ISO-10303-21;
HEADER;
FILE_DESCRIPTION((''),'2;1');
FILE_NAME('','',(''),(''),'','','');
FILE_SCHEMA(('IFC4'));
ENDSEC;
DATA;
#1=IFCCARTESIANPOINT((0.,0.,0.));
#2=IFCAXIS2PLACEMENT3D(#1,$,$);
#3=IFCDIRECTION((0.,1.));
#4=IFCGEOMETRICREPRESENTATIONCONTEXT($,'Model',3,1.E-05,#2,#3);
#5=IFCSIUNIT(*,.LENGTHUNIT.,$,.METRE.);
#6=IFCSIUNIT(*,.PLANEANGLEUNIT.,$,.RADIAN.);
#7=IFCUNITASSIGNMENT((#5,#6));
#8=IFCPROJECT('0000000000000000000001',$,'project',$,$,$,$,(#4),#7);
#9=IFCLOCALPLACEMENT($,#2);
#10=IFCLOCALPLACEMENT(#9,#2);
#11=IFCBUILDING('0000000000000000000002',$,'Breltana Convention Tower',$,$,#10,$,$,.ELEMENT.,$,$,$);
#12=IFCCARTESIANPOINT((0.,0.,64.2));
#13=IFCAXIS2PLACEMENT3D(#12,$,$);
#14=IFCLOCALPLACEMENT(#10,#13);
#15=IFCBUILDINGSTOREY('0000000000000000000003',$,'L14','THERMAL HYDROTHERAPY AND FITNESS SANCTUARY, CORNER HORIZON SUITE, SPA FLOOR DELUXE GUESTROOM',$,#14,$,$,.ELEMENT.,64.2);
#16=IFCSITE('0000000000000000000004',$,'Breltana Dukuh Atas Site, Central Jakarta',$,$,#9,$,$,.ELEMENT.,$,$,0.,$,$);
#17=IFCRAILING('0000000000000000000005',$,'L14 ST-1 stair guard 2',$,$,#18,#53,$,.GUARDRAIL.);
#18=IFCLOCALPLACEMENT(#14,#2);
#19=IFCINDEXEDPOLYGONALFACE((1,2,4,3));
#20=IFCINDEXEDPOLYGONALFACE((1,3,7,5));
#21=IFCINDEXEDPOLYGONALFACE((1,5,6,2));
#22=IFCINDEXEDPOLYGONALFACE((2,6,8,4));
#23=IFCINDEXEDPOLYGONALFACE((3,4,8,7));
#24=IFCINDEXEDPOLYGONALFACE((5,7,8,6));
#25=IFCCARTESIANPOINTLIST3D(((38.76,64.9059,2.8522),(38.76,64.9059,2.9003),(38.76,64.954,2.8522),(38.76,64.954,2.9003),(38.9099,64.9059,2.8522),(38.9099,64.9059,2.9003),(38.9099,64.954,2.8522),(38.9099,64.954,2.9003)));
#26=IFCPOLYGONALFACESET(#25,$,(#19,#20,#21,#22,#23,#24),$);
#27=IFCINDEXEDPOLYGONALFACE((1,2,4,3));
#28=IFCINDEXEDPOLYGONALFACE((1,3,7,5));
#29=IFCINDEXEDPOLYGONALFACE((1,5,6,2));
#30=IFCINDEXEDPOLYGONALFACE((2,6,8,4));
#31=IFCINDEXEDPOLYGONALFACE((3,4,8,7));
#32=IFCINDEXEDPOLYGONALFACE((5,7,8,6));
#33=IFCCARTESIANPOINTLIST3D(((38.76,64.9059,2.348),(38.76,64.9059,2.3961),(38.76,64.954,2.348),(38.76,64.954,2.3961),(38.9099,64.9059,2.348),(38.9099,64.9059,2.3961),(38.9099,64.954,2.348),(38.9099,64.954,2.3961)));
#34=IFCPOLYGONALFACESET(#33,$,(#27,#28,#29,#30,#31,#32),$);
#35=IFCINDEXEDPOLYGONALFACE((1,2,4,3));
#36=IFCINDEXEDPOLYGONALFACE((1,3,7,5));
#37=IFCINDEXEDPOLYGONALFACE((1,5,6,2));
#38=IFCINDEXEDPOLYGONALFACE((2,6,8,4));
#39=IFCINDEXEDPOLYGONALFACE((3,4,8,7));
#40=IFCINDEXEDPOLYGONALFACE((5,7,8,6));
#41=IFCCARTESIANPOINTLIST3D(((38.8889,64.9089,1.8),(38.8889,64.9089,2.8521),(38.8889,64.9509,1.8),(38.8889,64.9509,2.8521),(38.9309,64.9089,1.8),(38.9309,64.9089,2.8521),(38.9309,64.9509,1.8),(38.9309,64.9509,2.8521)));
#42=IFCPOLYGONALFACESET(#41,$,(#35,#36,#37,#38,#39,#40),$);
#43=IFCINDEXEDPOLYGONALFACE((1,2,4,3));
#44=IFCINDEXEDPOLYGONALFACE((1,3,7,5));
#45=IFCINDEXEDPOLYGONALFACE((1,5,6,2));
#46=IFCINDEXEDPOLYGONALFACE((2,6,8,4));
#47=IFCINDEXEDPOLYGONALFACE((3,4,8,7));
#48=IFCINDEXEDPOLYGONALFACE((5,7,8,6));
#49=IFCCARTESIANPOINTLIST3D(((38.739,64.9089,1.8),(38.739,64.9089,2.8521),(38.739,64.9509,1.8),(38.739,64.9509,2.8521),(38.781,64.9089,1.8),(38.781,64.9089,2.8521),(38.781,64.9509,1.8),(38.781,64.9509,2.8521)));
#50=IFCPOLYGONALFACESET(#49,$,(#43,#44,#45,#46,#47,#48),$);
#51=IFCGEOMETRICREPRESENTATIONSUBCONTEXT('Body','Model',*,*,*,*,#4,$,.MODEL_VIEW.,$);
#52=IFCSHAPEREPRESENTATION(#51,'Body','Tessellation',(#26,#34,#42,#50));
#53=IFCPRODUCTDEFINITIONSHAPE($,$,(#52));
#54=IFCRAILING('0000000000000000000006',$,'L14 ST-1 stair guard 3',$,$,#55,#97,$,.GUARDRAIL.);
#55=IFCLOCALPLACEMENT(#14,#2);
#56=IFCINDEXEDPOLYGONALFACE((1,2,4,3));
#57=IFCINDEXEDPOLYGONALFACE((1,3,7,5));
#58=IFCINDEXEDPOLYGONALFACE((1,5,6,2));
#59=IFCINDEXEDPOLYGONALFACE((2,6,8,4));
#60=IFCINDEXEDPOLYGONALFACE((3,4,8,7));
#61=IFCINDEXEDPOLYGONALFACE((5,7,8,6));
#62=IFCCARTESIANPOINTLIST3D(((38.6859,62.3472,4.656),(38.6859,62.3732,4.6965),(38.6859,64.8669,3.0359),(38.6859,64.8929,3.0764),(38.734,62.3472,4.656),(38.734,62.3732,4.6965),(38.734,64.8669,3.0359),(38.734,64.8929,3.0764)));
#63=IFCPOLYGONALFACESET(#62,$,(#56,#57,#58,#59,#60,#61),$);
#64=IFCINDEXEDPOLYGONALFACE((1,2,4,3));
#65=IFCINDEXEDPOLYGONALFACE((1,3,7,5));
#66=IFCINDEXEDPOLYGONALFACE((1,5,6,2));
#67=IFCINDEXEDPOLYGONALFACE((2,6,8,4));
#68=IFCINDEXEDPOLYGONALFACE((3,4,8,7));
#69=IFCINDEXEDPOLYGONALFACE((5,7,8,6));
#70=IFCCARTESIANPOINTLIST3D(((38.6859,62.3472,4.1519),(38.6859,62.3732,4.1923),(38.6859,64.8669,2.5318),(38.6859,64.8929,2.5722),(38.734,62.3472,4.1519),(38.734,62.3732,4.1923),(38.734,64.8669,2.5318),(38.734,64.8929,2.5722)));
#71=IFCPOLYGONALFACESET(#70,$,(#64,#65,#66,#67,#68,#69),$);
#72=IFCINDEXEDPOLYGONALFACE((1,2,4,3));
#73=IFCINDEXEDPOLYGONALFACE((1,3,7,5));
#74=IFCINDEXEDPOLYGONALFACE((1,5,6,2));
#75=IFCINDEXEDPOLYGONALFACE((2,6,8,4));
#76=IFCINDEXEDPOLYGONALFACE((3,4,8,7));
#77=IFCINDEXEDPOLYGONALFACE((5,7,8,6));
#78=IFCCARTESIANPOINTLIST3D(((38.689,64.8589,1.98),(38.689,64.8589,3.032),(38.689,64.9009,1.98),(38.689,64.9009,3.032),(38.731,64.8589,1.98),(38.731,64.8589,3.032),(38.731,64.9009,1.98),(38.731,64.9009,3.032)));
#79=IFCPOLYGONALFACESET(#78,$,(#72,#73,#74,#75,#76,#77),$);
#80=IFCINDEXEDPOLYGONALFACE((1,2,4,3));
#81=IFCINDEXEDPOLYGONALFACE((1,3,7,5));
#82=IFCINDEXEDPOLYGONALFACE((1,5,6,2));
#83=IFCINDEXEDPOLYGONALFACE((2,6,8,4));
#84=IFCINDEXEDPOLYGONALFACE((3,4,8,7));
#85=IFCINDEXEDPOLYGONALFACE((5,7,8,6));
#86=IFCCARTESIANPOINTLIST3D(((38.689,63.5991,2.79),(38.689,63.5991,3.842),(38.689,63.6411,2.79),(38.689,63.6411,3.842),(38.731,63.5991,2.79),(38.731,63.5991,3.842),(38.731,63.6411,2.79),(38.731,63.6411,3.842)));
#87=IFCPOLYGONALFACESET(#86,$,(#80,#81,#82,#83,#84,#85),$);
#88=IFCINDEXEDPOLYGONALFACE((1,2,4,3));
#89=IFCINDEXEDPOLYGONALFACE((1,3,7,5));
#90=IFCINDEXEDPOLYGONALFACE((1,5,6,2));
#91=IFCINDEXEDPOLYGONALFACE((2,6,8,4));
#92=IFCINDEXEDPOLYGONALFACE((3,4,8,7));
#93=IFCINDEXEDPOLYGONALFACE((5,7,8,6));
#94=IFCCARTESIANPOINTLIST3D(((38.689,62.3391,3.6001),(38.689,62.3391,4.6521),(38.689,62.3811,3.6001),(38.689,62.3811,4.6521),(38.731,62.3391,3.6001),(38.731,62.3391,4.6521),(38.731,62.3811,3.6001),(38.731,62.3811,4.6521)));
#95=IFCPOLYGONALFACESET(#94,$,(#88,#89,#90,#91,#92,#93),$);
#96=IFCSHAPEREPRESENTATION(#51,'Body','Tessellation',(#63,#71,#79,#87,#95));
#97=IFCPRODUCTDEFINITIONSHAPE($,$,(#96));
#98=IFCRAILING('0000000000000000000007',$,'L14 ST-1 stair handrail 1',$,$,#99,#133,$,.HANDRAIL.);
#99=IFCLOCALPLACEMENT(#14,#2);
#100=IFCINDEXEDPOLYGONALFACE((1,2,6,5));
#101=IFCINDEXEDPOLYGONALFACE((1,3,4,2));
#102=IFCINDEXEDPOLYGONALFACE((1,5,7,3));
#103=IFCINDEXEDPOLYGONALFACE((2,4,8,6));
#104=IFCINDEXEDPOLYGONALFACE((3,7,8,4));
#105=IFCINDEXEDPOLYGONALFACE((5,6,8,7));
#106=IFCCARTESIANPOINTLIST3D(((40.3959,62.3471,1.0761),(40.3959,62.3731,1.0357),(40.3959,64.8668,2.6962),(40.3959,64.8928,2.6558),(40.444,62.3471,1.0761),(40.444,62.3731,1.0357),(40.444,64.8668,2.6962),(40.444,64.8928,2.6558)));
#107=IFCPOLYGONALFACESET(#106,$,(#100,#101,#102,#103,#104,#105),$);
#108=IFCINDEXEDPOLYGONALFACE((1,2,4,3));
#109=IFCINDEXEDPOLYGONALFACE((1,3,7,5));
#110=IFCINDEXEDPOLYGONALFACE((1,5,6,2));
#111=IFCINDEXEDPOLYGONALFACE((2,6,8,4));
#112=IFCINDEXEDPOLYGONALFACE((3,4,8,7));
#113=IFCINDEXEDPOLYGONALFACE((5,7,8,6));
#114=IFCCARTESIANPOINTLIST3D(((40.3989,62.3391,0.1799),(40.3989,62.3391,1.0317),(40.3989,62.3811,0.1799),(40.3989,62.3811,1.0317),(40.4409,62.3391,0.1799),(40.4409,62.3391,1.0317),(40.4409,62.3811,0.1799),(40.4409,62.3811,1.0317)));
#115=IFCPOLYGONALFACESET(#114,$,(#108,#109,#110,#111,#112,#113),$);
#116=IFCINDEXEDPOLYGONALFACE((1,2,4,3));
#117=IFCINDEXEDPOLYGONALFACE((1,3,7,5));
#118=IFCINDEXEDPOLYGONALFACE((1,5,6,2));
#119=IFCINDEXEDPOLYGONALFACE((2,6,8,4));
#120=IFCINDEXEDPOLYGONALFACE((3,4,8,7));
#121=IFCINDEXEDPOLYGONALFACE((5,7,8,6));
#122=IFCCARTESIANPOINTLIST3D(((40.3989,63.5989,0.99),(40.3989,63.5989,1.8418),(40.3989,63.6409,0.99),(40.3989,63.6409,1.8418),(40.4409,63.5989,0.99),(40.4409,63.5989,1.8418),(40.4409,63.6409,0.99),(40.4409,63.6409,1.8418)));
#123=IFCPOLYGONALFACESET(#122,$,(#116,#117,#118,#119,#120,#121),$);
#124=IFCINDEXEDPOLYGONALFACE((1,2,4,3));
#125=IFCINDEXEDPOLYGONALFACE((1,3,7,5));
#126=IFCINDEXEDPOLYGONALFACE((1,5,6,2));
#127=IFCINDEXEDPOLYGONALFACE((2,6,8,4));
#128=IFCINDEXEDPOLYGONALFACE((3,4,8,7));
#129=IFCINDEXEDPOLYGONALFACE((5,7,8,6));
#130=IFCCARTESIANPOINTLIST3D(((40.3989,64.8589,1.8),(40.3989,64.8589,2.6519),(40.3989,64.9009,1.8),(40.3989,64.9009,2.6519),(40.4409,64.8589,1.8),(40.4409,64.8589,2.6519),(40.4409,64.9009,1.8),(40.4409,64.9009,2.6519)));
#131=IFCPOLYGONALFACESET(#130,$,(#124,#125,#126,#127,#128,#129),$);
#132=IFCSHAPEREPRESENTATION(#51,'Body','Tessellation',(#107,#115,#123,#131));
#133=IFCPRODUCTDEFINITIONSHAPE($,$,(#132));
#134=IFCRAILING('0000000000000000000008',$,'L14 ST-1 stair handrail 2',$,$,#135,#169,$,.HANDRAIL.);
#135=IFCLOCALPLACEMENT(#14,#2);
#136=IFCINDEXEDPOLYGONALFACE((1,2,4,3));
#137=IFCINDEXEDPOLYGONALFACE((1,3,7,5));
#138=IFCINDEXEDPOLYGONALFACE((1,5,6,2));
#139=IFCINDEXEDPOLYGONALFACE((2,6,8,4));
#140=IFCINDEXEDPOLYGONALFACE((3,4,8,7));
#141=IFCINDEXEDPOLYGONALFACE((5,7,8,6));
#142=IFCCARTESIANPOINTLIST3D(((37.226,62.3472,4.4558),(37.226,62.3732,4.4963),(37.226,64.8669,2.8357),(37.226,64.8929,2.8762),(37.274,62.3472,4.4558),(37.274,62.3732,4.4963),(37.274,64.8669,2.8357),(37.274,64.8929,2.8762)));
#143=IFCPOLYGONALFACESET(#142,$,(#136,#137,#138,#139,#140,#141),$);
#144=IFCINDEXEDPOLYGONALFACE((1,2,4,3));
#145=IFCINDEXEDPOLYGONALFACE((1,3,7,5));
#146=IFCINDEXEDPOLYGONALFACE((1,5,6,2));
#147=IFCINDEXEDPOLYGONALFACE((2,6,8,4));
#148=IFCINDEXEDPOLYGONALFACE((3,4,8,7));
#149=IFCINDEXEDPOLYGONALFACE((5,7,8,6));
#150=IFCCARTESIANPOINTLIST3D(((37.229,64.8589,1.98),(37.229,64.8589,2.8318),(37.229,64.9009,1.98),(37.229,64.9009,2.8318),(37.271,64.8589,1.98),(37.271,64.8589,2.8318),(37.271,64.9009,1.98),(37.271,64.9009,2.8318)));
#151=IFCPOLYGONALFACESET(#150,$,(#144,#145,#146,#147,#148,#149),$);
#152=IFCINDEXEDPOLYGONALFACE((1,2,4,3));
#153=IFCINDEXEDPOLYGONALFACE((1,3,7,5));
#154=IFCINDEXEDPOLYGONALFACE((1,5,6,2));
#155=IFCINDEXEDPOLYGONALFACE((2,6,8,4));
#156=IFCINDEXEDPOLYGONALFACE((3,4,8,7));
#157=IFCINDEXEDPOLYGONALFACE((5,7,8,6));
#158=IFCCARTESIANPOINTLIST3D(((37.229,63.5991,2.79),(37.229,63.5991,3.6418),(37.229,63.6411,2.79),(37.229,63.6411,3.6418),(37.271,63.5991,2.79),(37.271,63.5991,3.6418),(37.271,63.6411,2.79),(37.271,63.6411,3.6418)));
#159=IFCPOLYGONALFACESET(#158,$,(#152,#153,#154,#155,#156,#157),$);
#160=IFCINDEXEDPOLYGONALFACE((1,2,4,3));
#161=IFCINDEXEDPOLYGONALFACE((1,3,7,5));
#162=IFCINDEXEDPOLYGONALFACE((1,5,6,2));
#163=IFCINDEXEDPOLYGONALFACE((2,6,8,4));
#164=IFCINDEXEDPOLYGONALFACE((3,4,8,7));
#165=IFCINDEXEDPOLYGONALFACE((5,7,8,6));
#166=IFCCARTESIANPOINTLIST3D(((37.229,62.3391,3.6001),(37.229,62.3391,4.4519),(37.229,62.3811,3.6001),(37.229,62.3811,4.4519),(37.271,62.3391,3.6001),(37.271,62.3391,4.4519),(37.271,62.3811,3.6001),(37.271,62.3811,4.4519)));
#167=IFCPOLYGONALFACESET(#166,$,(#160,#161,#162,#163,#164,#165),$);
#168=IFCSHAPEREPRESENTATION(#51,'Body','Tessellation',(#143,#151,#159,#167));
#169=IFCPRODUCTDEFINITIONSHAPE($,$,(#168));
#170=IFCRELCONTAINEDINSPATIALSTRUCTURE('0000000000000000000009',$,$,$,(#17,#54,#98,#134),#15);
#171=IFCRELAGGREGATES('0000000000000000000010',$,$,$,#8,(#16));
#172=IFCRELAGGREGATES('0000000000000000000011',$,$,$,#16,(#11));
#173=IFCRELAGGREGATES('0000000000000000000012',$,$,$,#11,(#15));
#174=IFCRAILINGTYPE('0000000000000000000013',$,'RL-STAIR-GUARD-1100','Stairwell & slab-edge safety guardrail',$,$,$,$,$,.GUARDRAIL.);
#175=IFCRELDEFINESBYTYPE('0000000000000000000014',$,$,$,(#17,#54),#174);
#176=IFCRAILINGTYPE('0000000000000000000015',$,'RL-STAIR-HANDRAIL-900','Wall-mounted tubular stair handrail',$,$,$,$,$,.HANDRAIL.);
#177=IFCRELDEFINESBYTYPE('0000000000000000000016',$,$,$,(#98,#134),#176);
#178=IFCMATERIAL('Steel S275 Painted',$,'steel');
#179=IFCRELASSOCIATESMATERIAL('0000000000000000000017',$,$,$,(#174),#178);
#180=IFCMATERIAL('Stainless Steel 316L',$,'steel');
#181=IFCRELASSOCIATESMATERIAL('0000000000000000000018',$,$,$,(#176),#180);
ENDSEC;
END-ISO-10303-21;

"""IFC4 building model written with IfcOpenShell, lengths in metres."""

from ifc_helpers import new_model, si_unit, direction, frame, origin, origin_2d, place, context, subcontext, project, spatial, rectangle, extrude, material, type_object, element, save


model = new_model("IFC4")

# Units and contexts
model_context = context("Model", 3, precision=1e-05, world=origin(), true_north=direction((0.0, 1.0)))
body_context = subcontext(model_context, "Body", "Model", "MODEL_VIEW")
ifc_project = project(units=[si_unit("LENGTHUNIT", "METRE"), si_unit("PLANEANGLEUNIT", "RADIAN")], contexts=[model_context])

# Site, building, storey
site_placement = place(None, origin())
site = spatial("IfcSite", under=ifc_project, at=site_placement, Name="Breltana Dukuh Atas Site, Central Jakarta", CompositionType="ELEMENT", RefElevation=0.0)
building_placement = place(site_placement, origin())
building = spatial("IfcBuilding", under=site, at=building_placement, Name="Breltana Convention Tower", CompositionType="ELEMENT")
storey_placement = place(building_placement, frame((0.0, 0.0, 64.2)))
storey = spatial("IfcBuildingStorey", under=building, at=storey_placement, Name="L14", Description="THERMAL HYDROTHERAPY AND FITNESS SANCTUARY, CORNER HORIZON SUITE, SPA FLOOR DELUXE GUESTROOM", CompositionType="ELEMENT", Elevation=64.2)

# Railings
ifc_material_1 = material(Name="Steel S275 Painted", Category="steel")
railing_type_1 = type_object("IfcRailingType", Name="RL-STAIR-GUARD-1100", Description="Stairwell & slab-edge safety guardrail", PredefinedType="GUARDRAIL", material=ifc_material_1)
railing_1_placement = place(storey_placement, frame((38.9099, 64.9299, 1.8)))
element("IfcRailing", 1, at=railing_1_placement, inside=storey, type_object=railing_type_1, Name="L14 ST-1 stair guard 2", PredefinedType="GUARDRAIL", context=body_context, shape_type="SweptSolid", body=[
    extrude(rectangle(XDim=0.0481, YDim=0.0481, at=origin_2d()), frame((0.0, 0.0, 1.0762), z_axis=(-1.0, 0.0, 0.0), x_axis=(0.0, -1.0, 0.0)), (0.0, 0.0, 1.0), 0.1499),
    extrude(rectangle(XDim=0.0481, YDim=0.0481, at=origin_2d()), frame((0.0, 0.0, 0.572), z_axis=(-1.0, 0.0, 0.0), x_axis=(0.0, -1.0, 0.0)), (0.0, 0.0, 1.0), 0.1499),
    extrude(rectangle(XDim=0.042, YDim=0.042, at=origin_2d()), origin(), (0.0, 0.0, 1.0), 1.052),
    extrude(rectangle(XDim=0.042, YDim=0.042, at=origin_2d()), frame((-0.1499, 0.0, 0.0)), (0.0, 0.0, 1.0), 1.052),
])
railing_2_placement = place(storey_placement, frame((38.71, 64.8799, 1.98)))
element("IfcRailing", 2, at=railing_2_placement, inside=storey, type_object=railing_type_1, Name="L14 ST-1 stair guard 3", PredefinedType="GUARDRAIL", context=body_context, shape_type="SweptSolid", body=[
    extrude(rectangle(XDim=0.0481, YDim=0.0481, at=origin_2d()), frame((0.0, 0.0, 1.0762), z_axis=(0.0, -0.841139, 0.540819), x_axis=(1.0, 0.0, 0.0)), (0.0, 0.0, 1.0), 2.9956),
    extrude(rectangle(XDim=0.0481, YDim=0.0481, at=origin_2d()), frame((0.0, 0.0, 0.572), z_axis=(0.0, -0.841139, 0.540819), x_axis=(1.0, 0.0, 0.0)), (0.0, 0.0, 1.0), 2.9956),
    extrude(rectangle(XDim=0.042, YDim=0.042, at=origin_2d()), origin(), (0.0, 0.0, 1.0), 1.052),
    extrude(rectangle(XDim=0.042, YDim=0.042, at=origin_2d()), frame((0.0, -1.2598, 0.8101)), (0.0, 0.0, 1.0), 1.052),
    extrude(rectangle(XDim=0.042, YDim=0.042, at=origin_2d()), frame((0.0, -2.5198, 1.6201)), (0.0, 0.0, 1.0), 1.052),
])
ifc_material_2 = material(Name="Stainless Steel 316L", Category="steel")
railing_type_2 = type_object("IfcRailingType", Name="RL-STAIR-HANDRAIL-900", Description="Wall-mounted tubular stair handrail", PredefinedType="HANDRAIL", material=ifc_material_2)
railing_3_placement = place(storey_placement, frame((40.4199, 62.3601, 0.1799)))
element("IfcRailing", 3, at=railing_3_placement, inside=storey, type_object=railing_type_2, Name="L14 ST-1 stair handrail 1", PredefinedType="HANDRAIL", context=body_context, shape_type="SweptSolid", body=[
    extrude(rectangle(XDim=0.0481, YDim=0.0481, at=origin_2d()), frame((0.0, 0.0, 0.876), z_axis=(0.0, 0.841139, 0.540819), x_axis=(-1.0, 0.0, 0.0)), (0.0, 0.0, 1.0), 2.9956),
    extrude(rectangle(XDim=0.042, YDim=0.042, at=origin_2d()), origin(), (0.0, 0.0, 1.0), 0.8518),
    extrude(rectangle(XDim=0.042, YDim=0.042, at=origin_2d()), frame((0.0, 1.2598, 0.8101)), (0.0, 0.0, 1.0), 0.8518),
    extrude(rectangle(XDim=0.042, YDim=0.042, at=origin_2d()), frame((0.0, 2.5198, 1.6201)), (0.0, 0.0, 1.0), 0.8518),
])
railing_4_placement = place(storey_placement, frame((37.25, 64.8799, 1.98)))
element("IfcRailing", 4, at=railing_4_placement, inside=storey, type_object=railing_type_2, Name="L14 ST-1 stair handrail 2", PredefinedType="HANDRAIL", context=body_context, shape_type="SweptSolid", body=[
    extrude(rectangle(XDim=0.0481, YDim=0.0481, at=origin_2d()), frame((0.0, 0.0, 0.876), z_axis=(0.0, -0.841139, 0.540819), x_axis=(1.0, 0.0, 0.0)), (0.0, 0.0, 1.0), 2.9956),
    extrude(rectangle(XDim=0.042, YDim=0.042, at=origin_2d()), origin(), (0.0, 0.0, 1.0), 0.8518),
    extrude(rectangle(XDim=0.042, YDim=0.042, at=origin_2d()), frame((0.0, -1.2598, 0.8101)), (0.0, 0.0, 1.0), 0.8518),
    extrude(rectangle(XDim=0.042, YDim=0.042, at=origin_2d()), frame((0.0, -2.5198, 1.6201)), (0.0, 0.0, 1.0), 0.8518),
])

save(model, "model.ifc")
